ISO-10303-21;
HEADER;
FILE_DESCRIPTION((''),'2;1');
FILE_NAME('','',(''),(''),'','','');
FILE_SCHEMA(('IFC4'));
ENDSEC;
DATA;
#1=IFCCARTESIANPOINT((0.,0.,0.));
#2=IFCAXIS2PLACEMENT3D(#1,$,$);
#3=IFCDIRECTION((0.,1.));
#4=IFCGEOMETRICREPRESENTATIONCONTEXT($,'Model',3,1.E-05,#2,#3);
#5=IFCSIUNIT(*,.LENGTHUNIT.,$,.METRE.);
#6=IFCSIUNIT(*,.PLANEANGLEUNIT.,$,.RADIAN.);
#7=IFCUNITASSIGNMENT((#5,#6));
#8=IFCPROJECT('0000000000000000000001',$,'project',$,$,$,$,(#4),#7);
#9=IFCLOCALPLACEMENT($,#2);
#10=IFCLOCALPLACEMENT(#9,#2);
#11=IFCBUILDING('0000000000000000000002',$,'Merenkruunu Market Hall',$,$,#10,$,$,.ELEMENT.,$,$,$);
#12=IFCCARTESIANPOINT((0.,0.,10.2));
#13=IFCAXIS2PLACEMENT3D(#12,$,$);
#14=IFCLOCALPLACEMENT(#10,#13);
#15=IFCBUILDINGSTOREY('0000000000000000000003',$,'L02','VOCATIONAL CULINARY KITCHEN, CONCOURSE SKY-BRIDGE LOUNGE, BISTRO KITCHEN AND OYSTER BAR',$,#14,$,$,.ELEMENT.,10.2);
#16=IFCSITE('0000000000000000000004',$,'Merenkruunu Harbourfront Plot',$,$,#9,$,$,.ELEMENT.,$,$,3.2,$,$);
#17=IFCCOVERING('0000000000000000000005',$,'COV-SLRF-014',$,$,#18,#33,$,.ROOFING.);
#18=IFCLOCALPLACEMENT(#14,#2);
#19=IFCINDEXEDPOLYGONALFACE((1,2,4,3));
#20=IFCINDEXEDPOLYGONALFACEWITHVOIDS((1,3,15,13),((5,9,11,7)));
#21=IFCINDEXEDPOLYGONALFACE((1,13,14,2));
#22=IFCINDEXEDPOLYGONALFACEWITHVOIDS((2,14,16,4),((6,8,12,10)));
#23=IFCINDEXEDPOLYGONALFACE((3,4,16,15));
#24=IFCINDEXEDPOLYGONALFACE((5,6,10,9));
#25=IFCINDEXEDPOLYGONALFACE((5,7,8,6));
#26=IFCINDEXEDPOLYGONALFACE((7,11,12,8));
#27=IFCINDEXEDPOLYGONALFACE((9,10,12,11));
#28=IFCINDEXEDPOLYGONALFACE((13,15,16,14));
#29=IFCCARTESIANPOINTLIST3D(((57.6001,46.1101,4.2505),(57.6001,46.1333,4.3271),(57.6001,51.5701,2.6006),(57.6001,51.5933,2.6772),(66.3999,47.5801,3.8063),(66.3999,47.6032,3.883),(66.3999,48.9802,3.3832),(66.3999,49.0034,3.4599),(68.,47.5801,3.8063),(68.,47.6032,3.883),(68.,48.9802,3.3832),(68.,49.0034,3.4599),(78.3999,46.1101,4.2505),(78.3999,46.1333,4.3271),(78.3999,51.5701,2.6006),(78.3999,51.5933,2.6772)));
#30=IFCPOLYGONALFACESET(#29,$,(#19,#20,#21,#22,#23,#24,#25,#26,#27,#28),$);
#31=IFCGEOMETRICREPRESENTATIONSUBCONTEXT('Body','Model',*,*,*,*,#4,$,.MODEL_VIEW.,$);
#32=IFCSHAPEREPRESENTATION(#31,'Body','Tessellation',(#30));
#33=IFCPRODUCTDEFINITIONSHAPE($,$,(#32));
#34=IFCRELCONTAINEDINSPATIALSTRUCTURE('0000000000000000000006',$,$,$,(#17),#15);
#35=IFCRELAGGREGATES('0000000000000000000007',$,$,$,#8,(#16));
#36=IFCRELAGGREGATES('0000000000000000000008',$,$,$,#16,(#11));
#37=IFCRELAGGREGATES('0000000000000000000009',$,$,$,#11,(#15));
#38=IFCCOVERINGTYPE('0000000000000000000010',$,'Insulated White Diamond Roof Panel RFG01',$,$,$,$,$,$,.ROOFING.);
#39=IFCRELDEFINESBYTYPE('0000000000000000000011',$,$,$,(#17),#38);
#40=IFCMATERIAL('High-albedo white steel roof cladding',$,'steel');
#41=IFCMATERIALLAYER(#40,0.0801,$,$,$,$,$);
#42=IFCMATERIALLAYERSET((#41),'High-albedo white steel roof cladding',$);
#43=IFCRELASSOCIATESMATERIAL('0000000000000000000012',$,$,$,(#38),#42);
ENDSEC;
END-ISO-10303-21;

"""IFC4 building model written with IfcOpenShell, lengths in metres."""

from ifc_helpers import new_model, si_unit, direction, frame, origin, place, context, subcontext, project, spatial, polyline, outline, extrude, material, layer, layer_set, type_object, element, save


model = new_model("IFC4")

# Units and contexts
model_context = context("Model", 3, precision=1e-05, world=origin(), true_north=direction((0.0, 1.0)))
body_context = subcontext(model_context, "Body", "Model", "MODEL_VIEW")
ifc_project = project(units=[si_unit("LENGTHUNIT", "METRE"), si_unit("PLANEANGLEUNIT", "RADIAN")], contexts=[model_context])

# Site, building, storey
site_placement = place(None, origin())
site = spatial("IfcSite", under=ifc_project, at=site_placement, Name="Merenkruunu Harbourfront Plot", CompositionType="ELEMENT", RefElevation=3.2)
building_placement = place(site_placement, origin())
building = spatial("IfcBuilding", under=site, at=building_placement, Name="Merenkruunu Market Hall", CompositionType="ELEMENT")
storey_placement = place(building_placement, frame((0.0, 0.0, 10.2)))
storey = spatial("IfcBuildingStorey", under=building, at=storey_placement, Name="L02", Description="VOCATIONAL CULINARY KITCHEN, CONCOURSE SKY-BRIDGE LOUNGE, BISTRO KITCHEN AND OYSTER BAR", CompositionType="ELEMENT", Elevation=10.2)

# Covering
ifc_material_1 = material(Name="High-albedo white steel roof cladding", Category="steel")
ifc_layer_1 = layer(ifc_material_1, 0.0801)
ifc_layer_set_1 = layer_set([ifc_layer_1], Name="High-albedo white steel roof cladding")
covering_type = type_object("IfcCoveringType", Name="Insulated White Diamond Roof Panel RFG01", PredefinedType="ROOFING", material=ifc_layer_set_1)
covering_1_placement = place(storey_placement, frame((57.6001, 46.1333, 4.3271), z_axis=(0.0, 0.289264, 0.957249), x_axis=(1.0, 0.0, 0.0)))
element("IfcCovering", 1, at=covering_1_placement, inside=storey, type_object=covering_type, Name="COV-SLRF-014", PredefinedType="ROOFING", context=body_context, shape_type="SweptSolid", body=[
    extrude(outline(polyline([(0.0, 0.0), (20.7998, 0.0), (20.7998, 5.7038), (0.0, 5.7038), (0.0, 0.0)]), holes=[polyline([(8.7998, 1.5356), (10.3999, 1.5356), (10.3999, 2.9983), (8.7998, 2.9983), (8.7998, 1.5356)])]), origin(), (0.0, 0.0, -1.0), 0.0801),
])

save(model, "model.ifc")
